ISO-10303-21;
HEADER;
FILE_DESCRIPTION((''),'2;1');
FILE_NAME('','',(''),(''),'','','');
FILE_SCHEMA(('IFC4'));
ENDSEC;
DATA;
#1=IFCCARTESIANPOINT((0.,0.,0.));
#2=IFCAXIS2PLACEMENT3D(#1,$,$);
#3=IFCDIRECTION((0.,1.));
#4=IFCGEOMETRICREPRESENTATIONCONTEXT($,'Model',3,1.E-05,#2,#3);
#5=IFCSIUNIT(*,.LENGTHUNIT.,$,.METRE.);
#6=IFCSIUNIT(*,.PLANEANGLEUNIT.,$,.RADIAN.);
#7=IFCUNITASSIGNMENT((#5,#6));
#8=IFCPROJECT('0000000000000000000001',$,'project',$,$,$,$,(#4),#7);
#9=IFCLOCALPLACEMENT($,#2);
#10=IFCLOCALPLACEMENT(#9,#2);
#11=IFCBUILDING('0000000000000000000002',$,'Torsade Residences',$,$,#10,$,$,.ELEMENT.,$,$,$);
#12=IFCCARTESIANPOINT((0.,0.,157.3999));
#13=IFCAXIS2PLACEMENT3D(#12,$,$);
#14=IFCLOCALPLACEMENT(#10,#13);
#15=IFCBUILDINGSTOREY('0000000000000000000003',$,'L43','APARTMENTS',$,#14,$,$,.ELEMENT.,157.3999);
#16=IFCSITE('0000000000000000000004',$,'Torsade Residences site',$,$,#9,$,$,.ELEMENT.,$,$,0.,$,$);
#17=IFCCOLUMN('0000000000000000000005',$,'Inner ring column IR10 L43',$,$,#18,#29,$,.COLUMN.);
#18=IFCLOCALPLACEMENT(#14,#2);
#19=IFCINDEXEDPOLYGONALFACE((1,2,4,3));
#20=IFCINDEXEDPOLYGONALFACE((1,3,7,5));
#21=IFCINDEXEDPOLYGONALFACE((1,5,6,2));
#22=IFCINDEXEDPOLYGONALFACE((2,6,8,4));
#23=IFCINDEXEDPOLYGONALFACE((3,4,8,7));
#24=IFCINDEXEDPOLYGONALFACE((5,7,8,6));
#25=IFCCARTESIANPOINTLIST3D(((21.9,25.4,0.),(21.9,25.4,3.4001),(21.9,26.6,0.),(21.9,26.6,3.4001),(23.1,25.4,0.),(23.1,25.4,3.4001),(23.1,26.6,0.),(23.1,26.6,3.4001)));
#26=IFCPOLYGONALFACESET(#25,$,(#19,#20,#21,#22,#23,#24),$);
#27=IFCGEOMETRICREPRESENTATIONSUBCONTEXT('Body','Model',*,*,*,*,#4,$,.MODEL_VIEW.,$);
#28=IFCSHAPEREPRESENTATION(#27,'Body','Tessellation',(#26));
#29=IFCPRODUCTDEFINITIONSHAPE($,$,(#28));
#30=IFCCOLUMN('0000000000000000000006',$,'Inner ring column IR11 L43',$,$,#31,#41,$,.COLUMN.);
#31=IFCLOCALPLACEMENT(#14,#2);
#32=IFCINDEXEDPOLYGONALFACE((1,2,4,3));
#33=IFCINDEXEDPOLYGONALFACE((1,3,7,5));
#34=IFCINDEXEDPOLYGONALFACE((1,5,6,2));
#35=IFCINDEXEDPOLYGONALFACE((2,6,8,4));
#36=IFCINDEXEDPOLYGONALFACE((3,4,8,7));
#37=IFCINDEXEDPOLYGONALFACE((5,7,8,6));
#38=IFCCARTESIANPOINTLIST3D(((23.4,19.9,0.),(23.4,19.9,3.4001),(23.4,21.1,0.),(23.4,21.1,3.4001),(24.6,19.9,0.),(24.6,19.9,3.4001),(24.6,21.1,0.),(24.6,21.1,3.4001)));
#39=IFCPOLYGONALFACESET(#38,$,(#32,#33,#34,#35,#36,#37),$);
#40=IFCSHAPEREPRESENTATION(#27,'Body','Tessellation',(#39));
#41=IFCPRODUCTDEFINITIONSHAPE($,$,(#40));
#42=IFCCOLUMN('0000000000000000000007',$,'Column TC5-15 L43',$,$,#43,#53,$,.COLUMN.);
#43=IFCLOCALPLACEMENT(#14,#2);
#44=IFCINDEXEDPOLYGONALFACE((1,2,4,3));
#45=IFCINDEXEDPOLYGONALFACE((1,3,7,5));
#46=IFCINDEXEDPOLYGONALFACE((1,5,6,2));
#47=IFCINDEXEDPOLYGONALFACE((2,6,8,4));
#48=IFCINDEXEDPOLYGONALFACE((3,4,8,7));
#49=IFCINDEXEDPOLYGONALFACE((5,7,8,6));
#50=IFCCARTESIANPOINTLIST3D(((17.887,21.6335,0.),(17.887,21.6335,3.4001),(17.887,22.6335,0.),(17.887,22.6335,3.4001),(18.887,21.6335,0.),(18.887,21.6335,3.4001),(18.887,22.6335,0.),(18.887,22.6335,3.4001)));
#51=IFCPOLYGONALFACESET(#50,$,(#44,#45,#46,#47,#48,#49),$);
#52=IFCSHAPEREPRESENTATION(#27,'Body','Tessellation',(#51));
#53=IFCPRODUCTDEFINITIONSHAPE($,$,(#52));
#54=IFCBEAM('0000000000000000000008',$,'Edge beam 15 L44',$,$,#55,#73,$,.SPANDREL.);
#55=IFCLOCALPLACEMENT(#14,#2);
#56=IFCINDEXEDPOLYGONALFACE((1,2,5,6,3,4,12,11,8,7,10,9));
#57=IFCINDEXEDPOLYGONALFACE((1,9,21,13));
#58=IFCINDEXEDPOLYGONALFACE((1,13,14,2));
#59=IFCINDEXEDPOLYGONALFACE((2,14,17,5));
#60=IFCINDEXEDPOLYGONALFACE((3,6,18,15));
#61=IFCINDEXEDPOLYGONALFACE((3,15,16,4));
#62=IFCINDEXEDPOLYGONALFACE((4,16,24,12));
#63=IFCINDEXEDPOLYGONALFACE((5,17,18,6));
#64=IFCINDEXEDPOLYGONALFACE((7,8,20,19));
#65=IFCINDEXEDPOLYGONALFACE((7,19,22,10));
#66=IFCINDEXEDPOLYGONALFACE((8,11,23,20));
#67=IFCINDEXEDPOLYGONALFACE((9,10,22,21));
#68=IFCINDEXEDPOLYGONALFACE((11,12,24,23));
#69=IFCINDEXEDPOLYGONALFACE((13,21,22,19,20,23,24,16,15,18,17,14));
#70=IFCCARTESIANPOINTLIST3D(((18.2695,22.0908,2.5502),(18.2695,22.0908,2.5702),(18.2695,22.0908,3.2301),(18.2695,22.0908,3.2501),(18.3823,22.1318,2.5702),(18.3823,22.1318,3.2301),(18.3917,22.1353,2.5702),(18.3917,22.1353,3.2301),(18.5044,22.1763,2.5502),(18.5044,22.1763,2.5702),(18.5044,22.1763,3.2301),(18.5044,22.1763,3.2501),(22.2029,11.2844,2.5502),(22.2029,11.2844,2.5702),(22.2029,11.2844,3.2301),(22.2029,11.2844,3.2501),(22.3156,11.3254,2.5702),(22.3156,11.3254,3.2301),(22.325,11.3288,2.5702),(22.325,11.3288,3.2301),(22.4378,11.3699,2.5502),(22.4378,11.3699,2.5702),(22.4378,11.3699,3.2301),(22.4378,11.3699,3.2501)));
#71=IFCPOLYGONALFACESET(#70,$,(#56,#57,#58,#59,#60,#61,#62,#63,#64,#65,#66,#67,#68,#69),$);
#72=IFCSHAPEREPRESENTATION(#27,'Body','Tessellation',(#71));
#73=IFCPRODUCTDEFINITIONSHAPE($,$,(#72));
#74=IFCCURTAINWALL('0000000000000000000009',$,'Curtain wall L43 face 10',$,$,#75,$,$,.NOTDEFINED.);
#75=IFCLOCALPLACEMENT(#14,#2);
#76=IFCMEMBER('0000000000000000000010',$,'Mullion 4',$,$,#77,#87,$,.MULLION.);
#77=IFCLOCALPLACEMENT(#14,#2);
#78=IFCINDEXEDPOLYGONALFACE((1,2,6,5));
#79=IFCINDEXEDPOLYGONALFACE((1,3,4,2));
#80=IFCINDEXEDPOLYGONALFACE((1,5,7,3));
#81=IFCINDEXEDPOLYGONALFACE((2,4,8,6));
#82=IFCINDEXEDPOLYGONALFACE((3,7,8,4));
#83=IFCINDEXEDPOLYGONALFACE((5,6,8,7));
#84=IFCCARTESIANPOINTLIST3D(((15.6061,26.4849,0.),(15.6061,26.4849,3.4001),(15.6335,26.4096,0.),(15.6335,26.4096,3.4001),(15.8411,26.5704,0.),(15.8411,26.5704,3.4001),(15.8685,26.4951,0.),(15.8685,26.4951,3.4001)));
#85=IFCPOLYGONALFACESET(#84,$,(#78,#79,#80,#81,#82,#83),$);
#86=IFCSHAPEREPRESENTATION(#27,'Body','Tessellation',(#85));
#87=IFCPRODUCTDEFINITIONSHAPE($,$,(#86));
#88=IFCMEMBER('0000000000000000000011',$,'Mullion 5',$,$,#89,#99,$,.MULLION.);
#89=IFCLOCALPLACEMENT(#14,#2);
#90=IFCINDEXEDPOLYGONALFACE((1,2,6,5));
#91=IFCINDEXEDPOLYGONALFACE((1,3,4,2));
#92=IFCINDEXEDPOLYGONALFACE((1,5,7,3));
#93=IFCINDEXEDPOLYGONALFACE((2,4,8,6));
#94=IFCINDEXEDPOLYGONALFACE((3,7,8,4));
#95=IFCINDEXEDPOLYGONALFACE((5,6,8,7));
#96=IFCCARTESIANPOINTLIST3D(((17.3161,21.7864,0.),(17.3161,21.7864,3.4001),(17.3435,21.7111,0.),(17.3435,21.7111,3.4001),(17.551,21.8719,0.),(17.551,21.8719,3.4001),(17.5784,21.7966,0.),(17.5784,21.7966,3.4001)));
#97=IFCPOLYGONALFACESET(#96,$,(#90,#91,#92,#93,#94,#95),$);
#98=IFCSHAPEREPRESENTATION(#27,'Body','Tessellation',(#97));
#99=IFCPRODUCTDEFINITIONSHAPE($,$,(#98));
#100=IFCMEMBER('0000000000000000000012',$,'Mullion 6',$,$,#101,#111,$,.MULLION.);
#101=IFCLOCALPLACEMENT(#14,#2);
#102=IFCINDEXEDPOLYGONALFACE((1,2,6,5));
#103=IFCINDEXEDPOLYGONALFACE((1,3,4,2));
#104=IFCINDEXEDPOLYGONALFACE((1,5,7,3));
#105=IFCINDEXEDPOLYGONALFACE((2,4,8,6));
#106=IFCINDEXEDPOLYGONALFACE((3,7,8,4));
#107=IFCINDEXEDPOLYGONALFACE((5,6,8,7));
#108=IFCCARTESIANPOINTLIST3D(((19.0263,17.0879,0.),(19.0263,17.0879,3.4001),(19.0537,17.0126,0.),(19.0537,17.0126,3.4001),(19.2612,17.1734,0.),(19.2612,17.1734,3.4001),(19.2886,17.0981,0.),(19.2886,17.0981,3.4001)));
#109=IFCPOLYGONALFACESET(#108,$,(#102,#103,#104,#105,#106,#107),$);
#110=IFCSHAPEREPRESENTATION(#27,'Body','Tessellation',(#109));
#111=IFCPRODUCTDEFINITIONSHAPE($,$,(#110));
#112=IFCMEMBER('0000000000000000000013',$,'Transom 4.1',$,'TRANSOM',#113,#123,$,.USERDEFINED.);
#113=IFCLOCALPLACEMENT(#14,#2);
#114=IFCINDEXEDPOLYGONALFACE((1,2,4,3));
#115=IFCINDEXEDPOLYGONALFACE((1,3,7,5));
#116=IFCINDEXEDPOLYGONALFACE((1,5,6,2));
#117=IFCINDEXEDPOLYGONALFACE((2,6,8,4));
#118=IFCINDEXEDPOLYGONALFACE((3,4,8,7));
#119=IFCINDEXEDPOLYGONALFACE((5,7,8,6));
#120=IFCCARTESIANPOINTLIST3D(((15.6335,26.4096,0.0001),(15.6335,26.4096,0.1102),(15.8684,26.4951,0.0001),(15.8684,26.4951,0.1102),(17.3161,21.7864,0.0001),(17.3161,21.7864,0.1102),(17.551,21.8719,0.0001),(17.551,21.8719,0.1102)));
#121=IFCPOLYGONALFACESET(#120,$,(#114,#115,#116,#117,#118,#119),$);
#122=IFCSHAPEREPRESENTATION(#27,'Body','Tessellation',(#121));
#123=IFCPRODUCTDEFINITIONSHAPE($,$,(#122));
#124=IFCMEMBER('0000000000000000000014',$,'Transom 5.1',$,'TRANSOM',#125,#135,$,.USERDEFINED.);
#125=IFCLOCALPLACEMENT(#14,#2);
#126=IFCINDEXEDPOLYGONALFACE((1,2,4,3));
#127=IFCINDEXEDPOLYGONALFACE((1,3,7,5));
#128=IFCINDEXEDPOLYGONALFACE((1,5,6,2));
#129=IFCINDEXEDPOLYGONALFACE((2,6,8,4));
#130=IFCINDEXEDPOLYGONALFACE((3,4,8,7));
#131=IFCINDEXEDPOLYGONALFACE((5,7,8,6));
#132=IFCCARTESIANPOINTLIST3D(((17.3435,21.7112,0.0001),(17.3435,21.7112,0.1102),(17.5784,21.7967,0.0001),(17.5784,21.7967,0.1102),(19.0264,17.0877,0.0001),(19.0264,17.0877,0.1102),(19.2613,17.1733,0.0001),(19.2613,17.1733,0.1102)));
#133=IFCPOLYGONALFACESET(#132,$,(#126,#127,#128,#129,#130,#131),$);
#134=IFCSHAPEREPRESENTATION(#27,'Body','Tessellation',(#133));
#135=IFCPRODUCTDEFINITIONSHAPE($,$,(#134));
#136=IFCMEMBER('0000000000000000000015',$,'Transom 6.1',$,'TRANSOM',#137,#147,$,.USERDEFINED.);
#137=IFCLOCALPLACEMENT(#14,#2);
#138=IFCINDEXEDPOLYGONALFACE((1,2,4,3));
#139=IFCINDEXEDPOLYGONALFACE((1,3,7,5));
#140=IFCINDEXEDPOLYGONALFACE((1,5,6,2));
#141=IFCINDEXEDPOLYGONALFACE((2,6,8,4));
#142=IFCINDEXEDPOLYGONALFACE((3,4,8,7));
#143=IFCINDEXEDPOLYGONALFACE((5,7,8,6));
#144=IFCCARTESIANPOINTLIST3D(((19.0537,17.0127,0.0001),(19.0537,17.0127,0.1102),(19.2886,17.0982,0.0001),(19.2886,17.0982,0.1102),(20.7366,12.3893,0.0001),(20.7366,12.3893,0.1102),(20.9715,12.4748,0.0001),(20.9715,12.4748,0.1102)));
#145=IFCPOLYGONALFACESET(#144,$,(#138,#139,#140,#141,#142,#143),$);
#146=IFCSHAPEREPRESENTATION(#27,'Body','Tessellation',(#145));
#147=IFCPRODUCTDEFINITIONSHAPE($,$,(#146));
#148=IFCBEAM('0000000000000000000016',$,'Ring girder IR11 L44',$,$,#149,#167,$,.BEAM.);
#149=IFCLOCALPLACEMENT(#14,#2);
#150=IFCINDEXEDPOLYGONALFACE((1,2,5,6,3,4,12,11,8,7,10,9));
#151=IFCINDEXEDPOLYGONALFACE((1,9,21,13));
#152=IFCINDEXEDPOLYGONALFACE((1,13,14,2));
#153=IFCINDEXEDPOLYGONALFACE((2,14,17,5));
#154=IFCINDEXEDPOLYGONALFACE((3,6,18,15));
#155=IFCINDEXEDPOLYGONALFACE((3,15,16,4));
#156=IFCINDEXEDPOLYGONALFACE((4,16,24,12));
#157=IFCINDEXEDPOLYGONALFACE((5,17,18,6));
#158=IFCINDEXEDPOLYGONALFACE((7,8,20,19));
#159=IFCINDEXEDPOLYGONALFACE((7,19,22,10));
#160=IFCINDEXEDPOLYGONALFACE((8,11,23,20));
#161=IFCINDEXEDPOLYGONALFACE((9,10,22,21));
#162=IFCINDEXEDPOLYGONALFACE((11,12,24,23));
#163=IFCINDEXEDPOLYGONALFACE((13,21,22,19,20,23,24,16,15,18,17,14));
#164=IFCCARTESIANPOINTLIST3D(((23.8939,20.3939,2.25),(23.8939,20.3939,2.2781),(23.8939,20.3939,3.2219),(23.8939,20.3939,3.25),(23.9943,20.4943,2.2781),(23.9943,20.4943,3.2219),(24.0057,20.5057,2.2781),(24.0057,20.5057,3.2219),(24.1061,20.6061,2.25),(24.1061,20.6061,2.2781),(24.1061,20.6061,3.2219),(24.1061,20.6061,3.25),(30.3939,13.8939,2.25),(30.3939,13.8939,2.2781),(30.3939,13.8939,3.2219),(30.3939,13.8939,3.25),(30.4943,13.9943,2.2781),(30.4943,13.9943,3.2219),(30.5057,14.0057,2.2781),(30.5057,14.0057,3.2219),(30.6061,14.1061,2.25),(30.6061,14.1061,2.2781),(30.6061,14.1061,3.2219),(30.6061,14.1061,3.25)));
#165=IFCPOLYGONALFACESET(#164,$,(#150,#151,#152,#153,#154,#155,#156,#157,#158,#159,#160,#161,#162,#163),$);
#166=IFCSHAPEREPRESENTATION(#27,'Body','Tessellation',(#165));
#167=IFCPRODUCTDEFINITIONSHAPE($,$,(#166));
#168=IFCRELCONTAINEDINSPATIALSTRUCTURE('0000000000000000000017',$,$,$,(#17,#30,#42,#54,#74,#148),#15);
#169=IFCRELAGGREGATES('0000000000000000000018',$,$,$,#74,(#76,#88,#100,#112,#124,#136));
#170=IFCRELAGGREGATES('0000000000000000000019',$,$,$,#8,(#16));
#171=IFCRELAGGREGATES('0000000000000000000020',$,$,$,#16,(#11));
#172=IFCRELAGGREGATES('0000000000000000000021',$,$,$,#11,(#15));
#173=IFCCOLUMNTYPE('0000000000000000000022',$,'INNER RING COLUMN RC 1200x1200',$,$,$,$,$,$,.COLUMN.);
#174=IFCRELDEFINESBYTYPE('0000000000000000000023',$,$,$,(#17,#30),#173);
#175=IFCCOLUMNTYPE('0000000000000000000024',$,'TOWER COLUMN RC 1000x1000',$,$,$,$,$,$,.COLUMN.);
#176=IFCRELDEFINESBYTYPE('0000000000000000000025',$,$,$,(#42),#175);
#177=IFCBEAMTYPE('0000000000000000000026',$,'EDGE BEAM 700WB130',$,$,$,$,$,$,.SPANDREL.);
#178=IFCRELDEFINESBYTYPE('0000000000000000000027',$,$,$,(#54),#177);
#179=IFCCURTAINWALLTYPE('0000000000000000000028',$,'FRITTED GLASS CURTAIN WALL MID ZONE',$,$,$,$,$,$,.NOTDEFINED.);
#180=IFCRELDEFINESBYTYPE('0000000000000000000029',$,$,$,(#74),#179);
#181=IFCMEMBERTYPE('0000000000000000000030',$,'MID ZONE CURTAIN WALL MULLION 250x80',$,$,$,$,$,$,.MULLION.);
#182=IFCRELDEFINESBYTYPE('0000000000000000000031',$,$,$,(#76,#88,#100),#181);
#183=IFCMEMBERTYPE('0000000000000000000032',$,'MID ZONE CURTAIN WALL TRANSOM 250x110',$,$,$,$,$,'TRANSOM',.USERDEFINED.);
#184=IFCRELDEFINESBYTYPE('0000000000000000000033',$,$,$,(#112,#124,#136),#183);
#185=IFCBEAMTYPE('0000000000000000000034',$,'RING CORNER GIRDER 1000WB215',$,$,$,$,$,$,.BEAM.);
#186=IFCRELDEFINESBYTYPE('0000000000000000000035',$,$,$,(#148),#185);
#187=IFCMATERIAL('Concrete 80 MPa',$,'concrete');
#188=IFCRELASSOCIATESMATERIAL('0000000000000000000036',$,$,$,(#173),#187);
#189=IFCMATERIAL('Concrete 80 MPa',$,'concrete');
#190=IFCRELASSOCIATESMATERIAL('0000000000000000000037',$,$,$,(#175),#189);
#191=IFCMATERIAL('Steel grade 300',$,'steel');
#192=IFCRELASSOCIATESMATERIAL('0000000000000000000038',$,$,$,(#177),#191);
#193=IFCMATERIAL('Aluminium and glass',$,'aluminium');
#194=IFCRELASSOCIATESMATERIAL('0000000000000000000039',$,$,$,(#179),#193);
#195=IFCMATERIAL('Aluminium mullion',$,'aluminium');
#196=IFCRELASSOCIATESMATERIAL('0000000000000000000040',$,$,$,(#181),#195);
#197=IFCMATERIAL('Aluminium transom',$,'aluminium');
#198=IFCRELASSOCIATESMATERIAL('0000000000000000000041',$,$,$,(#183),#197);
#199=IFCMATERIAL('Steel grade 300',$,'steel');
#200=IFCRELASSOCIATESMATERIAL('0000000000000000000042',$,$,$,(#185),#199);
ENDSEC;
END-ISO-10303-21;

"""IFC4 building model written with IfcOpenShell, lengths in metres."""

from ifc_helpers import new_model, si_unit, direction, frame, origin, origin_2d, place, context, subcontext, project, spatial, rectangle, i_section, extrude, material, material_profile, profile_set, type_object, element, aggregate, save


model = new_model("IFC4")

# Units and contexts
model_context = context("Model", 3, precision=1e-05, world=origin(), true_north=direction((0.0, 1.0)))
body_context = subcontext(model_context, "Body", "Model", "MODEL_VIEW")
ifc_project = project(units=[si_unit("LENGTHUNIT", "METRE"), si_unit("PLANEANGLEUNIT", "RADIAN")], contexts=[model_context])

# Site, building, storey
site_placement = place(None, origin())
site = spatial("IfcSite", under=ifc_project, at=site_placement, Name="Torsade Residences site", CompositionType="ELEMENT", RefElevation=0.0)
building_placement = place(site_placement, origin())
building = spatial("IfcBuilding", under=site, at=building_placement, Name="Torsade Residences", CompositionType="ELEMENT")
storey_placement = place(building_placement, frame((0.0, 0.0, 157.3999)))
storey = spatial("IfcBuildingStorey", under=building, at=storey_placement, Name="L43", Description="APARTMENTS", CompositionType="ELEMENT", Elevation=157.3999)

# Columns
ifc_material_1 = material(Name="Concrete 80 MPa", Category="concrete")
ifc_material_profile_1 = material_profile(ifc_material_1, rectangle(XDim=1.2, YDim=1.2, at=origin_2d()), Name="RC 1200x1200")
ifc_profile_set_1 = profile_set([ifc_material_profile_1], Name="Concrete 80 MPa")
column_type_1 = type_object("IfcColumnType", Name="INNER RING COLUMN RC 1200x1200", PredefinedType="COLUMN", material=ifc_profile_set_1)
for number, where, z_axis, x_axis, name in (
    (1, (22.5, 26.0, 0.0), (0.0, 0.0, 1.0), (1.0, 0.0, 0.0), "Inner ring column IR10 L43"),
    (2, (24.0, 20.5, 0.0), (0.0, 0.0, 1.0), (1.0, 0.0, 0.0), "Inner ring column IR11 L43"),
):
    element("IfcColumn", number, at=place(storey_placement, frame(where, z_axis=z_axis, x_axis=x_axis)), inside=storey, type_object=column_type_1, Name=name, PredefinedType="COLUMN", context=body_context, shape_type="SweptSolid", body=[
        extrude(rectangle(XDim=1.2, YDim=1.2, at=origin_2d()), origin(), (0.0, 0.0, 1.0), 3.4001),
    ])
ifc_material_2 = material(Name="Concrete 80 MPa", Category="concrete")
ifc_material_profile_2 = material_profile(ifc_material_2, rectangle(XDim=1.0, YDim=1.0, at=origin_2d()), Name="RC 1000x1000")
ifc_profile_set_2 = profile_set([ifc_material_profile_2], Name="Concrete 80 MPa")
column_type_2 = type_object("IfcColumnType", Name="TOWER COLUMN RC 1000x1000", PredefinedType="COLUMN", material=ifc_profile_set_2)
column_placement = place(storey_placement, frame((18.387, 22.1335, 0.0), z_axis=(0.0, 0.0, 1.0), x_axis=(1.0, 0.0, 0.0)))
element("IfcColumn", 3, at=column_placement, inside=storey, type_object=column_type_2, Name="Column TC5-15 L43", PredefinedType="COLUMN", context=body_context, shape_type="SweptSolid", body=[
    extrude(rectangle(XDim=1.0, YDim=1.0, at=origin_2d()), origin(), (0.0, 0.0, 1.0), 3.4001),
])

# Beam
ifc_material_3 = material(Name="Steel grade 300", Category="steel")
ifc_material_profile_3 = material_profile(ifc_material_3, i_section(OverallWidth=0.25, OverallDepth=0.7, WebThickness=0.01, FlangeThickness=0.02, at=origin_2d()), Name="700WB130")
ifc_profile_set_3 = profile_set([ifc_material_profile_3], Name="Steel grade 300")
beam_type_1 = type_object("IfcBeamType", Name="EDGE BEAM 700WB130", PredefinedType="SPANDREL", material=ifc_profile_set_3)
beam_1_placement = place(storey_placement, frame((18.387, 22.1335, 2.9001), z_axis=(0.342031, -0.939689, 0.0), x_axis=(0.939689, 0.342031, 0.0)))
element("IfcBeam", 4, at=beam_1_placement, inside=storey, type_object=beam_type_1, Name="Edge beam 15 L44", PredefinedType="SPANDREL", context=body_context, shape_type="SweptSolid", body=[
    extrude(i_section(OverallWidth=0.25, OverallDepth=0.7, WebThickness=0.01, FlangeThickness=0.02, at=origin_2d()), origin(), (0.0, 0.0, 1.0), 11.5),
])

# Curtain wall, members
ifc_material_4 = material(Name="Aluminium and glass", Category="aluminium")
curtain_wall_type = type_object("IfcCurtainWallType", Name="FRITTED GLASS CURTAIN WALL MID ZONE", PredefinedType="NOTDEFINED", material=ifc_material_4)
curtain_wall_placement = place(storey_placement, origin())
curtain_wall = element("IfcCurtainWall", 5, at=curtain_wall_placement, inside=storey, type_object=curtain_wall_type, Name="Curtain wall L43 face 10", PredefinedType="NOTDEFINED")
ifc_material_5 = material(Name="Aluminium mullion", Category="aluminium")
ifc_material_profile_4 = material_profile(ifc_material_5, rectangle(XDim=0.25, YDim=0.0801, at=origin_2d()), Name="MID ZONE CURTAIN WALL MULLION 250x80")
ifc_profile_set_4 = profile_set([ifc_material_profile_4], Name="Aluminium mullion")
member_type_1 = type_object("IfcMemberType", Name="MID ZONE CURTAIN WALL MULLION 250x80", PredefinedType="MULLION", material=ifc_profile_set_4)
member_1_placement = place(storey_placement, frame((15.7373, 26.49, 0.0), z_axis=(0.0, 0.0, 1.0), x_axis=(0.939693, 0.34202, 0.0)))
member_1 = element("IfcMember", 6, at=member_1_placement, type_object=member_type_1, Name="Mullion 4", PredefinedType="MULLION", context=body_context, shape_type="SweptSolid", body=[
    extrude(rectangle(XDim=0.25, YDim=0.0801, at=origin_2d()), origin(), (0.0, 0.0, 1.0), 3.4001),
])
member_2_placement = place(storey_placement, frame((17.4473, 21.7915, 0.0), z_axis=(0.0, 0.0, 1.0), x_axis=(0.939693, 0.34202, 0.0)))
member_2 = element("IfcMember", 7, at=member_2_placement, type_object=member_type_1, Name="Mullion 5", PredefinedType="MULLION", context=body_context, shape_type="SweptSolid", body=[
    extrude(rectangle(XDim=0.25, YDim=0.0801, at=origin_2d()), origin(), (0.0, 0.0, 1.0), 3.4001),
])
member_3_placement = place(storey_placement, frame((19.1575, 17.093, 0.0), z_axis=(0.0, 0.0, 1.0), x_axis=(0.939693, 0.34202, 0.0)))
member_3 = element("IfcMember", 8, at=member_3_placement, type_object=member_type_1, Name="Mullion 6", PredefinedType="MULLION", context=body_context, shape_type="SweptSolid", body=[
    extrude(rectangle(XDim=0.25, YDim=0.0801, at=origin_2d()), origin(), (0.0, 0.0, 1.0), 3.4001),
])
ifc_material_6 = material(Name="Aluminium transom", Category="aluminium")
ifc_material_profile_5 = material_profile(ifc_material_6, rectangle(XDim=0.25, YDim=0.1101, at=origin_2d()), Name="MID ZONE CURTAIN WALL TRANSOM 250x110")
ifc_profile_set_5 = profile_set([ifc_material_profile_5], Name="Aluminium transom")
member_type_2 = type_object("IfcMemberType", Name="MID ZONE CURTAIN WALL TRANSOM 250x110", ElementType="TRANSOM", PredefinedType="USERDEFINED", material=ifc_profile_set_5)
member_4_placement = place(storey_placement, frame((15.751, 26.4524, 0.0552), z_axis=(0.341998, -0.939701, 0.0), x_axis=(0.939701, 0.341998, 0.0)))
member_4 = element("IfcMember", 9, at=member_4_placement, type_object=member_type_2, Name="Transom 4.1", ObjectType="TRANSOM", PredefinedType="USERDEFINED", context=body_context, shape_type="SweptSolid", body=[
    extrude(rectangle(XDim=0.25, YDim=0.1101, at=origin_2d()), origin(), (0.0, 0.0, 1.0), 4.9199),
])
member_5_placement = place(storey_placement, frame((17.4609, 21.7539, 0.0552), z_axis=(0.342042, -0.939685, 0.0), x_axis=(0.939685, 0.342042, 0.0)))
member_5 = element("IfcMember", 10, at=member_5_placement, type_object=member_type_2, Name="Transom 5.1", ObjectType="TRANSOM", PredefinedType="USERDEFINED", context=body_context, shape_type="SweptSolid", body=[
    extrude(rectangle(XDim=0.25, YDim=0.1101, at=origin_2d()), origin(), (0.0, 0.0, 1.0), 4.9202),
])
member_6_placement = place(storey_placement, frame((19.1711, 17.0554, 0.0552), z_axis=(0.342042, -0.939685, 0.0), x_axis=(0.939685, 0.342042, 0.0)))
member_6 = element("IfcMember", 11, at=member_6_placement, type_object=member_type_2, Name="Transom 6.1", ObjectType="TRANSOM", PredefinedType="USERDEFINED", context=body_context, shape_type="SweptSolid", body=[
    extrude(rectangle(XDim=0.25, YDim=0.1101, at=origin_2d()), origin(), (0.0, 0.0, 1.0), 4.9202),
])

# Beam
ifc_material_7 = material(Name="Steel grade 300", Category="steel")
ifc_material_profile_6 = material_profile(ifc_material_7, i_section(OverallWidth=0.3, OverallDepth=1.0, WebThickness=0.0161, FlangeThickness=0.0281, at=origin_2d()), Name="1000WB215")
ifc_profile_set_6 = profile_set([ifc_material_profile_6], Name="Steel grade 300")
beam_type_2 = type_object("IfcBeamType", Name="RING CORNER GIRDER 1000WB215", PredefinedType="BEAM", material=ifc_profile_set_6)
beam_2_placement = place(storey_placement, frame((24.0, 20.5, 2.75), z_axis=(0.707107, -0.707107, 0.0), x_axis=(0.707107, 0.707107, 0.0)))
element("IfcBeam", 12, at=beam_2_placement, inside=storey, type_object=beam_type_2, Name="Ring girder IR11 L44", PredefinedType="BEAM", context=body_context, shape_type="SweptSolid", body=[
    extrude(i_section(OverallWidth=0.3, OverallDepth=1.0, WebThickness=0.0161, FlangeThickness=0.0281, at=origin_2d()), origin(), (0.0, 0.0, 1.0), 9.1924),
])

aggregate(curtain_wall, [member_1, member_2, member_3, member_4, member_5, member_6])

save(model, "model.ifc")
